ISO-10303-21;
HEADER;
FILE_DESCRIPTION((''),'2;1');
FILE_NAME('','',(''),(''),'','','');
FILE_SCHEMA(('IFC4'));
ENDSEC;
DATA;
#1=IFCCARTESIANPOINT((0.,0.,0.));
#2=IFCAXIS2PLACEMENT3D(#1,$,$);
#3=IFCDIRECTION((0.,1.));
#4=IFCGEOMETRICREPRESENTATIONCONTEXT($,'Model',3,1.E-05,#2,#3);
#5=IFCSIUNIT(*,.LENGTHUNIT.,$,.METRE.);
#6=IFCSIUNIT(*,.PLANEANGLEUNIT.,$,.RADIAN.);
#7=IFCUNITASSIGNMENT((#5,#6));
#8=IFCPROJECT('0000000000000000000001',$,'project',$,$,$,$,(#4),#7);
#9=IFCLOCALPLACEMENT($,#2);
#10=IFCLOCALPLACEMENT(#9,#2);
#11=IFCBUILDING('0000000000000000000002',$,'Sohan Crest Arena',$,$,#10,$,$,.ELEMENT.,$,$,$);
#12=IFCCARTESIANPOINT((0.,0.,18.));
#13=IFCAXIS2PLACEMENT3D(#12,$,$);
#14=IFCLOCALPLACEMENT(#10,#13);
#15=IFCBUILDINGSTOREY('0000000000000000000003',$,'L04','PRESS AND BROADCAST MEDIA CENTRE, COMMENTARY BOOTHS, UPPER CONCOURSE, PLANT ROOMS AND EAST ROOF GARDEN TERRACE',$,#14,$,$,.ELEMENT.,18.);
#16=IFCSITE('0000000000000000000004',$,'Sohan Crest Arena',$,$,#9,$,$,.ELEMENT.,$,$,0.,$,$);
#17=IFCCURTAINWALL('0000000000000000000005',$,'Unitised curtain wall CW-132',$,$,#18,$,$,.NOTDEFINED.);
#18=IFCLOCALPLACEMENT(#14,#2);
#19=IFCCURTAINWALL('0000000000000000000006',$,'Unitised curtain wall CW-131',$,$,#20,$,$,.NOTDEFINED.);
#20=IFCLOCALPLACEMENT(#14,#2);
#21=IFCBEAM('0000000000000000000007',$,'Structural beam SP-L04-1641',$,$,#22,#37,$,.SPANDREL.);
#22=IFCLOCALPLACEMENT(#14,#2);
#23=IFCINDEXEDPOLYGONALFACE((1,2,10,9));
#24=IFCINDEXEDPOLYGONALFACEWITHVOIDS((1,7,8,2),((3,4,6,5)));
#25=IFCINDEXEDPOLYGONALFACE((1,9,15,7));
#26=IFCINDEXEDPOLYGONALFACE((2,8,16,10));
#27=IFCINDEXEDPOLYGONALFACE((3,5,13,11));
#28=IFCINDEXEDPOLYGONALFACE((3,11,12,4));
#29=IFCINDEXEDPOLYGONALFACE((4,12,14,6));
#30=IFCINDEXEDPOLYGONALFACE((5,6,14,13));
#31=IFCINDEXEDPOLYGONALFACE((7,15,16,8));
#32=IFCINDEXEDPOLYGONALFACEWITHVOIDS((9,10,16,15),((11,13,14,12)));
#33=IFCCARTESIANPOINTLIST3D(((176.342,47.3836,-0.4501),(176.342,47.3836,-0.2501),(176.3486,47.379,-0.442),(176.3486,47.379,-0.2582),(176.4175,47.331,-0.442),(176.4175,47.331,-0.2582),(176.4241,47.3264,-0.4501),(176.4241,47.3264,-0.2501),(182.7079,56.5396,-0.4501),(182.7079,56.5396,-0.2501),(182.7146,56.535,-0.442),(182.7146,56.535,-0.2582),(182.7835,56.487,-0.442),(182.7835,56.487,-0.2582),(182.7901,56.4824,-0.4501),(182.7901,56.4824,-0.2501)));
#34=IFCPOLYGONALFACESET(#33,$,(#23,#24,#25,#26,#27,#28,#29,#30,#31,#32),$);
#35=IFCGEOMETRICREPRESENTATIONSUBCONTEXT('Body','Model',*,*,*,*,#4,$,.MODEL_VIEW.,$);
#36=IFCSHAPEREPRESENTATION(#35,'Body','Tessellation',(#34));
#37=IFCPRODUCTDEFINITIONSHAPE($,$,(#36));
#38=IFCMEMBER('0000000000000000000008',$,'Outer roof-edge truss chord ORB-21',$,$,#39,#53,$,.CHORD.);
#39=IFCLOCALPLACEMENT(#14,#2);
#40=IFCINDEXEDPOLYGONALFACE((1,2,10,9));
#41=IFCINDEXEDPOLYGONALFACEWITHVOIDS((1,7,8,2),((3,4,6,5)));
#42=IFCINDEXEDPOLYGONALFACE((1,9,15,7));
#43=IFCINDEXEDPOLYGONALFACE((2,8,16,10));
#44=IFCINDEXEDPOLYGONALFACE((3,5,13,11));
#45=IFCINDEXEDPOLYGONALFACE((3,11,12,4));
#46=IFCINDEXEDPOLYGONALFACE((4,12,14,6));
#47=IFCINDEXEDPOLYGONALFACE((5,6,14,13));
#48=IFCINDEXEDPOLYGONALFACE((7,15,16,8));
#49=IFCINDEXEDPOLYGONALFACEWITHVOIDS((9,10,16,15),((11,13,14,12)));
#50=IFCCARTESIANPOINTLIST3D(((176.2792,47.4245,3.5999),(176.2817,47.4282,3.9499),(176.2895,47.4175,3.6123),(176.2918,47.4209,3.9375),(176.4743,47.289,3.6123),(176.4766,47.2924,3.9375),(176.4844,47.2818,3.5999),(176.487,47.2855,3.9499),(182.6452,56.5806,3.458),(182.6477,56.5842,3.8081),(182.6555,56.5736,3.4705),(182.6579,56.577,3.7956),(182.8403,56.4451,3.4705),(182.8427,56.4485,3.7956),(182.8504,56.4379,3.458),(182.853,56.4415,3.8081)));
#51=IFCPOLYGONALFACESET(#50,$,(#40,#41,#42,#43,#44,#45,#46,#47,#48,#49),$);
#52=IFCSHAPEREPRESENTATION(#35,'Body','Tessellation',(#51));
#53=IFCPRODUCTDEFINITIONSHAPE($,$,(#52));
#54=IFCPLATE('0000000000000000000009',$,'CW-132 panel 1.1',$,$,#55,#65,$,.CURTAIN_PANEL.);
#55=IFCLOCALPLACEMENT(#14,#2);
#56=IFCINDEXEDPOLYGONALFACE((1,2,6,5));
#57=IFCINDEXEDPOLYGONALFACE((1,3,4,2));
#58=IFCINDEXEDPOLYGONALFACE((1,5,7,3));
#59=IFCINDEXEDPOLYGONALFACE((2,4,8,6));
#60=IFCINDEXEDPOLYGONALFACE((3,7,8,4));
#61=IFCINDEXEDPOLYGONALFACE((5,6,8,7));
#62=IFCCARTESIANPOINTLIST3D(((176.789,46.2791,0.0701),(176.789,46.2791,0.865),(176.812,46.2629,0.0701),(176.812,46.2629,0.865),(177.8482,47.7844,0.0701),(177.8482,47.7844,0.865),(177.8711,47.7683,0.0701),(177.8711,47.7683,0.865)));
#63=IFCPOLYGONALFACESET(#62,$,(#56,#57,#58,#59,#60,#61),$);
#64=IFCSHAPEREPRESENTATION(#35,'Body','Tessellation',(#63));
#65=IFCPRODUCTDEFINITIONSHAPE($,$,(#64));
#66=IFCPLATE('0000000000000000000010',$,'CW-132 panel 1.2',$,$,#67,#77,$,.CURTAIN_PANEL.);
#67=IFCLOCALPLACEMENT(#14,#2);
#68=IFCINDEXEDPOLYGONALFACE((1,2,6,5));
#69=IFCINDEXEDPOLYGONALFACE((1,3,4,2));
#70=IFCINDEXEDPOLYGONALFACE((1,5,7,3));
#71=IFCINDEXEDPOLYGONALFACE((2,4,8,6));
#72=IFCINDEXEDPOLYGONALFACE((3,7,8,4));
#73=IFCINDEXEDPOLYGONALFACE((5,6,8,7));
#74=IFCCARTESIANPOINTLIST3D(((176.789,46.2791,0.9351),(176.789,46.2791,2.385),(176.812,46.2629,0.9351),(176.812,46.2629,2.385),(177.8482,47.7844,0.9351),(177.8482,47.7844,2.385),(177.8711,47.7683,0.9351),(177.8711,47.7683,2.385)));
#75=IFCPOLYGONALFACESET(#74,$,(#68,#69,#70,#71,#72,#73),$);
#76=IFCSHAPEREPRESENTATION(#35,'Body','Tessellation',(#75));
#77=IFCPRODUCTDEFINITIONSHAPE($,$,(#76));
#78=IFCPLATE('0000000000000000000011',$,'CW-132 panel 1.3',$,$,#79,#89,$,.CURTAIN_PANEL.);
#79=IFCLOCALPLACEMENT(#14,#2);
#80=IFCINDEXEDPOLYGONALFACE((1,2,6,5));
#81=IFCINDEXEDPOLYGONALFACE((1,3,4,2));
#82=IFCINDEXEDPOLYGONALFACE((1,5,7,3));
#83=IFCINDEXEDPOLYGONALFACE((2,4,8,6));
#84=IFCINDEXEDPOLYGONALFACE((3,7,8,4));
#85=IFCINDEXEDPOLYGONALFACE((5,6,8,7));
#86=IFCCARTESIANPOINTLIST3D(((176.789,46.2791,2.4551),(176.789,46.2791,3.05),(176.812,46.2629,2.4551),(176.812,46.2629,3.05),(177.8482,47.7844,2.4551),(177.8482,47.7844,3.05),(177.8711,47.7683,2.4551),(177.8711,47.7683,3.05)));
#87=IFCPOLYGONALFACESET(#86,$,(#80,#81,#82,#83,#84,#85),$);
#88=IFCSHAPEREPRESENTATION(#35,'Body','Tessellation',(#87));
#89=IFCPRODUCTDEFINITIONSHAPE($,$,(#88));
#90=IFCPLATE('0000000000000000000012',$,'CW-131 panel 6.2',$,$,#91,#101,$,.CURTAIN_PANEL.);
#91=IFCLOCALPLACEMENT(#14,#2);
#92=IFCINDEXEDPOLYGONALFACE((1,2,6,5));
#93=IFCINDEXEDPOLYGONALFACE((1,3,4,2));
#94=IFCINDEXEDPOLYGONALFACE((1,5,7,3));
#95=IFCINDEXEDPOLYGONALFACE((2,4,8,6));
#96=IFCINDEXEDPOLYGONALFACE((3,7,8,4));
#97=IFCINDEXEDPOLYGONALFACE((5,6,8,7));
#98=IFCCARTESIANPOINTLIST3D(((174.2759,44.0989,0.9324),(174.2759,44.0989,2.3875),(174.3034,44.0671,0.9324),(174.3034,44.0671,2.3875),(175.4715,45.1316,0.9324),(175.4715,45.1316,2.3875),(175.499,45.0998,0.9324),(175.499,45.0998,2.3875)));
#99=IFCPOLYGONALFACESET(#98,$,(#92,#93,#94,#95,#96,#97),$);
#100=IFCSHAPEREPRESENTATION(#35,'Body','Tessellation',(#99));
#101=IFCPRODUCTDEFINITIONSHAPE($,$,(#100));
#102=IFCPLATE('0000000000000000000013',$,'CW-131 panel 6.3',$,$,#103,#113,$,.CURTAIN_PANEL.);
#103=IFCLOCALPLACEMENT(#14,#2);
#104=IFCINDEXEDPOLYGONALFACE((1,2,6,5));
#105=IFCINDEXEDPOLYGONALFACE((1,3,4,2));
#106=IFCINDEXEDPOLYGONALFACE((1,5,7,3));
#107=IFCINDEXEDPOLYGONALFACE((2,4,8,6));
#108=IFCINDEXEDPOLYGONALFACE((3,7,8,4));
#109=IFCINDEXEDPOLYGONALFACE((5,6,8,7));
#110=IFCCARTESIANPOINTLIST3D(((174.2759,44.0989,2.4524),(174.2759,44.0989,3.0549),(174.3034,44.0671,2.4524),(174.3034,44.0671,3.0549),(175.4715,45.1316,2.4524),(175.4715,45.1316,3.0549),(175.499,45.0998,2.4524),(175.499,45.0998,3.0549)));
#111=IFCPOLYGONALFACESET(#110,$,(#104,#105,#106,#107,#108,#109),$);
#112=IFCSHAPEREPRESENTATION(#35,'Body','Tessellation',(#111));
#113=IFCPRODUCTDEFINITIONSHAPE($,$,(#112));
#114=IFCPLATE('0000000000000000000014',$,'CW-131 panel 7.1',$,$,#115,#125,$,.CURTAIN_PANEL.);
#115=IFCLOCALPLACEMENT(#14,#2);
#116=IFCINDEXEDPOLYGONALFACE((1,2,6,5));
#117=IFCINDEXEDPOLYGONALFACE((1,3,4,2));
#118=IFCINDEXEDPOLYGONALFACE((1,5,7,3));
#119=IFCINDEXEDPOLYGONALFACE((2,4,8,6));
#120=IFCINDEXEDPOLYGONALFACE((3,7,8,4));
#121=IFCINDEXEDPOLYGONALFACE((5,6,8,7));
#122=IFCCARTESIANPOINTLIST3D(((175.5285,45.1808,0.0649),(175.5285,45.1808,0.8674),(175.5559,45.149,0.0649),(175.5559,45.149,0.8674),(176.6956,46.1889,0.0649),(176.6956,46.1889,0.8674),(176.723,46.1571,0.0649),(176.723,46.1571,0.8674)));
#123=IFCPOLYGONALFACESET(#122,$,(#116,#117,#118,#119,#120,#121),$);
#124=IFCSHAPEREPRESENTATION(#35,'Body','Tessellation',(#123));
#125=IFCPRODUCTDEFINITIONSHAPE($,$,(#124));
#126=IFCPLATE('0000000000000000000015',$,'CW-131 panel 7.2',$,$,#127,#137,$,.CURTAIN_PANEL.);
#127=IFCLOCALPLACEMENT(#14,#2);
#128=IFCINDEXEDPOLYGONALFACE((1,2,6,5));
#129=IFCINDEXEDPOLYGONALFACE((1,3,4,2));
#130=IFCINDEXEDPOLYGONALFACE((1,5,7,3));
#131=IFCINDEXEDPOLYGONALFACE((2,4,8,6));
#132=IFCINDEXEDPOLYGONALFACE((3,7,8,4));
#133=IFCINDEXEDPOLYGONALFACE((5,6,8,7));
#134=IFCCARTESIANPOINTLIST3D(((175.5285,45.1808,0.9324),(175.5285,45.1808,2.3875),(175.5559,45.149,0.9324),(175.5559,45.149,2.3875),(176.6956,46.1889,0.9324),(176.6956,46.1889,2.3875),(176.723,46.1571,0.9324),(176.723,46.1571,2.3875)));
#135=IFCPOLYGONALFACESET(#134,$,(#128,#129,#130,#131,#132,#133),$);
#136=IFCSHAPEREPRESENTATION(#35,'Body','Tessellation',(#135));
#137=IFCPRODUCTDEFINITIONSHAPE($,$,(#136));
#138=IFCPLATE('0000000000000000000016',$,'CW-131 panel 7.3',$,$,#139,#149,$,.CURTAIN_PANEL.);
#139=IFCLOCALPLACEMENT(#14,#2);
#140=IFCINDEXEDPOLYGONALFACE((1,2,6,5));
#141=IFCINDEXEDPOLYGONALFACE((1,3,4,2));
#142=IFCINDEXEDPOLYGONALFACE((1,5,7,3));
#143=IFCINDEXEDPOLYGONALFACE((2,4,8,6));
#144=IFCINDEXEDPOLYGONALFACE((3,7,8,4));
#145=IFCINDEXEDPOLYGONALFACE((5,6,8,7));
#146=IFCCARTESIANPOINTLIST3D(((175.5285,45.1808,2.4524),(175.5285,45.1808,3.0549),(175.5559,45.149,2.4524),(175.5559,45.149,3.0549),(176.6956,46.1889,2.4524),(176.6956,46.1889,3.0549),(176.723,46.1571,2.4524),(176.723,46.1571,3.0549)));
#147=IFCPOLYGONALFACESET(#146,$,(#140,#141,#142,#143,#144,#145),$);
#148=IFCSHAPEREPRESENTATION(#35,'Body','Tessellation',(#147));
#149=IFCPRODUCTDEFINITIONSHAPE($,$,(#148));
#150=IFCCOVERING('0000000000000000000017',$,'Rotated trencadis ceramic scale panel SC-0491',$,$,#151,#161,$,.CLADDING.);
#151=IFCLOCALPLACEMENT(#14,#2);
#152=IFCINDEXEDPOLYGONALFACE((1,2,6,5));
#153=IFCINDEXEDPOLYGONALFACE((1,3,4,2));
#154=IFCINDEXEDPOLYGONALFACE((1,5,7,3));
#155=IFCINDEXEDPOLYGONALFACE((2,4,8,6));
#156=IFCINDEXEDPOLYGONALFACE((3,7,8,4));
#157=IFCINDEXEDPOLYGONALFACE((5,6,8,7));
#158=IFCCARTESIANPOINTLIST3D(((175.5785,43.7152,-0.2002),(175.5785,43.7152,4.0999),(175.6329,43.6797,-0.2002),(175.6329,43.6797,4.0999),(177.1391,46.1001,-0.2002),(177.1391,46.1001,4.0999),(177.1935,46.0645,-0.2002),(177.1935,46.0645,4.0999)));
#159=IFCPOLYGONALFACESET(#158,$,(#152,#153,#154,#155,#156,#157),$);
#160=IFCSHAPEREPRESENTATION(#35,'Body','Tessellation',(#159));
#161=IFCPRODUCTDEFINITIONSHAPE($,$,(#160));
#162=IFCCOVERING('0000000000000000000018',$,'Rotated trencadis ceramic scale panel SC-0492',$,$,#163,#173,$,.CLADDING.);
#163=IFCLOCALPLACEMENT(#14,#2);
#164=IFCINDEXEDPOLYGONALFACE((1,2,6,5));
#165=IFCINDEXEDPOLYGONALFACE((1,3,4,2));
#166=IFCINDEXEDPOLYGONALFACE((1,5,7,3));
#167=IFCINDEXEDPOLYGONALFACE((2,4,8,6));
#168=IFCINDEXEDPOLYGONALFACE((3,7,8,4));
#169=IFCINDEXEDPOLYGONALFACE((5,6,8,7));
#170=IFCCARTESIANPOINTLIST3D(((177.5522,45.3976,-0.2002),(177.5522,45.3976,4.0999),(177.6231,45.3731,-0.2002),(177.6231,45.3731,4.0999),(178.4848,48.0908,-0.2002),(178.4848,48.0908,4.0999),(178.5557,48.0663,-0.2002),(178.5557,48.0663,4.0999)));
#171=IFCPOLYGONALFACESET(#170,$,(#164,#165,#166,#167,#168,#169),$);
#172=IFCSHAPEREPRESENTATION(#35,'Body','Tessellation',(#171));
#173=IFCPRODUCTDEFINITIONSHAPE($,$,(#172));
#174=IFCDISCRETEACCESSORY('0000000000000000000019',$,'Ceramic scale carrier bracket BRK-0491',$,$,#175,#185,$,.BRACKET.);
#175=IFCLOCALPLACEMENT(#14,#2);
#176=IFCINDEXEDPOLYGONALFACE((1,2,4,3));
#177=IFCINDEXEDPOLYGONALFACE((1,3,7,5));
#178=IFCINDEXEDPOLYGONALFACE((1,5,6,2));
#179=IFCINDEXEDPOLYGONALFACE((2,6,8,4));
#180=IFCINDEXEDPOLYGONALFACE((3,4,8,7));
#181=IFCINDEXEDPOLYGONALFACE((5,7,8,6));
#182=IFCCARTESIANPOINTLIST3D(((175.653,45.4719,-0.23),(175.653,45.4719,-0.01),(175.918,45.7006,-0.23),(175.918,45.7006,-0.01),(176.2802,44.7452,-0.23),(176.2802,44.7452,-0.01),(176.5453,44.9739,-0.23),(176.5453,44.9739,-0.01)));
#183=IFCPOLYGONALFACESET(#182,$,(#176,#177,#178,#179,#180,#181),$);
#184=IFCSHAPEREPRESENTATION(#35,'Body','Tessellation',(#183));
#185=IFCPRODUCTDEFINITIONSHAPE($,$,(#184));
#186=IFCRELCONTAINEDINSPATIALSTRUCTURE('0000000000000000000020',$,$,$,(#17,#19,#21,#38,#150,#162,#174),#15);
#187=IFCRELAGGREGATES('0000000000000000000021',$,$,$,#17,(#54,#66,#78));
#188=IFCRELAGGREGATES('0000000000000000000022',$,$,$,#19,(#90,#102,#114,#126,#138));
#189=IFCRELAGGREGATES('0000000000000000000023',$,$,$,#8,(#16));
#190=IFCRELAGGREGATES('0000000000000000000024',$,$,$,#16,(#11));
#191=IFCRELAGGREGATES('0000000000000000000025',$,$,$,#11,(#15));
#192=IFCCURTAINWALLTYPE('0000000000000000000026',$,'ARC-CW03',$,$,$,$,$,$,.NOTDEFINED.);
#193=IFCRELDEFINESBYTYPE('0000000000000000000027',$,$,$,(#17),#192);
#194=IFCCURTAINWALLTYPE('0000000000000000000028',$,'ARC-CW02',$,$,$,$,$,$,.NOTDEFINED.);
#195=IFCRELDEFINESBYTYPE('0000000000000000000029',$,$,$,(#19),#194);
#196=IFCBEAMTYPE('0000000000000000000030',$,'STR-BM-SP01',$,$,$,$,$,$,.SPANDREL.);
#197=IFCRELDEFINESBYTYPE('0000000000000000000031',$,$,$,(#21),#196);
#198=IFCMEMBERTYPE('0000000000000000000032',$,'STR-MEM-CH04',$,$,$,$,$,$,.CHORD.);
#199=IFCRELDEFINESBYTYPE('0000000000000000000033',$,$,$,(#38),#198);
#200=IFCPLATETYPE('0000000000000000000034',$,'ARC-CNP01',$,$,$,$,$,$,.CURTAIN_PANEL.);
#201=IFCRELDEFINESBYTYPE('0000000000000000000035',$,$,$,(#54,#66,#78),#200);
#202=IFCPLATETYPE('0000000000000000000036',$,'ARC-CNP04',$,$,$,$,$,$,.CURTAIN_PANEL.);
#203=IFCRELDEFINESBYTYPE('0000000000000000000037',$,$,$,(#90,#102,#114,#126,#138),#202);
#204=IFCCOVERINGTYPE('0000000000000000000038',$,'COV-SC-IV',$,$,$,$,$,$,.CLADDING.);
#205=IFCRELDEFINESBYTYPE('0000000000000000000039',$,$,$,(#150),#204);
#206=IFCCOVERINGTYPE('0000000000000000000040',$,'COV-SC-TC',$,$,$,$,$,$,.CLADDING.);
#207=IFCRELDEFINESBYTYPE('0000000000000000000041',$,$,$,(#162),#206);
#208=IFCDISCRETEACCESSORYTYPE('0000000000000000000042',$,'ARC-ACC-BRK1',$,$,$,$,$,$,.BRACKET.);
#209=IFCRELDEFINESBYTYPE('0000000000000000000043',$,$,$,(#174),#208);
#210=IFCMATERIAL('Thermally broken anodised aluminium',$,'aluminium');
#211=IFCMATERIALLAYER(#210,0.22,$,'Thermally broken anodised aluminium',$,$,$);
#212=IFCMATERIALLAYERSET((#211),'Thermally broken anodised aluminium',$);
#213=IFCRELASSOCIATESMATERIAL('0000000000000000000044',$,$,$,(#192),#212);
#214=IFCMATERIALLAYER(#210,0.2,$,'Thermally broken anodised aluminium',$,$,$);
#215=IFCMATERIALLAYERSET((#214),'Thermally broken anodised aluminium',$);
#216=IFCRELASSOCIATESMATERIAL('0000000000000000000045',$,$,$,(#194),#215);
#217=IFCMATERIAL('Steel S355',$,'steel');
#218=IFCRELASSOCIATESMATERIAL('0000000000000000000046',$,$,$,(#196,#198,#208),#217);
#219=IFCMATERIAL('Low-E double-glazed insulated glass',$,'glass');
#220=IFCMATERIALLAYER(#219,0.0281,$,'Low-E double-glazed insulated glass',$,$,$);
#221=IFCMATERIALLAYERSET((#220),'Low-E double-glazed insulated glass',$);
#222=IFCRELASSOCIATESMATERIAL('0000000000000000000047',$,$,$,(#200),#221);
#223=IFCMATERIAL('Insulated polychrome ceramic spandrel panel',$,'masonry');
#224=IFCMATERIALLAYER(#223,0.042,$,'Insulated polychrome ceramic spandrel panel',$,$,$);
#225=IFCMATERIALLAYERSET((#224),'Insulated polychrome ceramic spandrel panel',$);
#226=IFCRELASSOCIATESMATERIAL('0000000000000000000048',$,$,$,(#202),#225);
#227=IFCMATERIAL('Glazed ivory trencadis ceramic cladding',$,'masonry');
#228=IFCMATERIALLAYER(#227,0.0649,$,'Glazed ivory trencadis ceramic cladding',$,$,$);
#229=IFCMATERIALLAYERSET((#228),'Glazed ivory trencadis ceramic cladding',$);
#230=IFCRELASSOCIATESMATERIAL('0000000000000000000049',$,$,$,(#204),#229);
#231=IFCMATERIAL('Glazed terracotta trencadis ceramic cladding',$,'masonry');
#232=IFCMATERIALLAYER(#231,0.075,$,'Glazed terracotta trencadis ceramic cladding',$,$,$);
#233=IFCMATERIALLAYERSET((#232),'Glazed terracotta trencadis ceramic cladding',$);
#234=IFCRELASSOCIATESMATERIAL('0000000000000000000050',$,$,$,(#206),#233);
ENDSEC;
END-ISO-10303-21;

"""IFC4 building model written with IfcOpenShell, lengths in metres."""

from ifc_helpers import new_model, si_unit, direction, frame, origin, origin_2d, place, context, subcontext, project, spatial, rectangle, hollow_rectangle, extrude, material, layer, layer_set, material_profile, profile_set, type_object, element, aggregate, save


model = new_model("IFC4")

# Units and contexts
model_context = context("Model", 3, precision=1e-05, world=origin(), true_north=direction((0.0, 1.0)))
body_context = subcontext(model_context, "Body", "Model", "MODEL_VIEW")
ifc_project = project(units=[si_unit("LENGTHUNIT", "METRE"), si_unit("PLANEANGLEUNIT", "RADIAN")], contexts=[model_context])

# Site, building, storey
site_placement = place(None, origin())
site = spatial("IfcSite", under=ifc_project, at=site_placement, Name="Sohan Crest Arena", CompositionType="ELEMENT", RefElevation=0.0)
building_placement = place(site_placement, origin())
building = spatial("IfcBuilding", under=site, at=building_placement, Name="Sohan Crest Arena", CompositionType="ELEMENT")
storey_placement = place(building_placement, frame((0.0, 0.0, 18.0)))
storey = spatial("IfcBuildingStorey", under=building, at=storey_placement, Name="L04", Description="PRESS AND BROADCAST MEDIA CENTRE, COMMENTARY BOOTHS, UPPER CONCOURSE, PLANT ROOMS AND EAST ROOF GARDEN TERRACE", CompositionType="ELEMENT", Elevation=18.0)

# Shared definitions
ifc_material_1 = material(Name="Steel S355", Category="steel")

# Curtain wall
ifc_material_2 = material(Name="Thermally broken anodised aluminium", Category="aluminium")
ifc_layer_1 = layer(ifc_material_2, 0.22, Name="Thermally broken anodised aluminium")
ifc_layer_set_1 = layer_set([ifc_layer_1], Name="Thermally broken anodised aluminium")
curtain_wall_type_1 = type_object("IfcCurtainWallType", Name="ARC-CW03", PredefinedType="NOTDEFINED", material=ifc_layer_set_1)
curtain_wall_1_placement = place(storey_placement, origin())
curtain_wall_1 = element("IfcCurtainWall", 1, at=curtain_wall_1_placement, inside=storey, type_object=curtain_wall_type_1, Name="Unitised curtain wall CW-132", PredefinedType="NOTDEFINED")

# Curtain wall
ifc_layer_2 = layer(ifc_material_2, 0.2, Name="Thermally broken anodised aluminium")
ifc_layer_set_2 = layer_set([ifc_layer_2], Name="Thermally broken anodised aluminium")
curtain_wall_type_2 = type_object("IfcCurtainWallType", Name="ARC-CW02", PredefinedType="NOTDEFINED", material=ifc_layer_set_2)
curtain_wall_2_placement = place(storey_placement, origin())
curtain_wall_2 = element("IfcCurtainWall", 2, at=curtain_wall_2_placement, inside=storey, type_object=curtain_wall_type_2, Name="Unitised curtain wall CW-131", PredefinedType="NOTDEFINED")

# Beam
ifc_material_profile_1 = material_profile(ifc_material_1, hollow_rectangle(XDim=0.1001, YDim=0.2, WallThickness=0.0081, at=origin_2d()), Name="RHS 200x100x8")
ifc_profile_set_1 = profile_set([ifc_material_profile_1], Name="Steel S355")
beam_type = type_object("IfcBeamType", Name="STR-BM-SP01", PredefinedType="SPANDREL", material=ifc_profile_set_1)
beam_placement = place(storey_placement, frame((176.3831, 47.355, -0.3501), z_axis=(0.570857, 0.821049, 0.0), x_axis=(-0.821049, 0.570857, 0.0)))
element("IfcBeam", 3, at=beam_placement, inside=storey, type_object=beam_type, Name="Structural beam SP-L04-1641", PredefinedType="SPANDREL", context=body_context, shape_type="SweptSolid", body=[
    extrude(hollow_rectangle(XDim=0.1001, YDim=0.2, WallThickness=0.0081, at=origin_2d()), origin(), (0.0, 0.0, 1.0), 11.1516),
])

# Member
ifc_material_profile_2 = material_profile(ifc_material_1, hollow_rectangle(XDim=0.25, YDim=0.3501, WallThickness=0.0125, at=origin_2d()), Name="RHS 350x250x12.5")
ifc_profile_set_2 = profile_set([ifc_material_profile_2], Name="Steel S355")
member_type_1 = type_object("IfcMemberType", Name="STR-MEM-CH04", PredefinedType="CHORD", material=ifc_profile_set_2)
member_1_placement = place(storey_placement, frame((176.3831, 47.355, 3.7749), z_axis=(0.570811, 0.820983, -0.012719), x_axis=(-0.821049, 0.570857, 0.0)))
element("IfcMember", 4, at=member_1_placement, inside=storey, type_object=member_type_1, Name="Outer roof-edge truss chord ORB-21", PredefinedType="CHORD", context=body_context, shape_type="SweptSolid", body=[
    extrude(hollow_rectangle(XDim=0.25, YDim=0.3501, WallThickness=0.0125, at=origin_2d()), origin(), (0.0, 0.0, 1.0), 11.1526),
])

# Plates
ifc_material_3 = material(Name="Low-E double-glazed insulated glass", Category="glass")
ifc_layer_3 = layer(ifc_material_3, 0.0281, Name="Low-E double-glazed insulated glass")
ifc_layer_set_3 = layer_set([ifc_layer_3], Name="Low-E double-glazed insulated glass")
plate_type_1 = type_object("IfcPlateType", Name="ARC-CNP01", PredefinedType="CURTAIN_PANEL", material=ifc_layer_set_3)
plate_1_placement = place(storey_placement, frame((177.3301, 47.0237, 0.0701), z_axis=(0.0, 0.0, 1.0), x_axis=(0.575425, 0.817855, 0.0)))
plate_1 = element("IfcPlate", 5, at=plate_1_placement, type_object=plate_type_1, Name="CW-132 panel 1.1", PredefinedType="CURTAIN_PANEL", context=body_context, shape_type="SweptSolid", body=[
    extrude(rectangle(XDim=1.8406, YDim=0.0281, at=origin_2d()), origin(), (0.0, 0.0, 1.0), 0.7949),
])
plate_2_placement = place(storey_placement, frame((177.3301, 47.0237, 0.9351), z_axis=(0.0, 0.0, 1.0), x_axis=(0.575425, 0.817855, 0.0)))
plate_2 = element("IfcPlate", 6, at=plate_2_placement, type_object=plate_type_1, Name="CW-132 panel 1.2", PredefinedType="CURTAIN_PANEL", context=body_context, shape_type="SweptSolid", body=[
    extrude(rectangle(XDim=1.8406, YDim=0.0281, at=origin_2d()), origin(), (0.0, 0.0, 1.0), 1.45),
])
plate_3_placement = place(storey_placement, frame((177.3301, 47.0237, 2.4551), z_axis=(0.0, 0.0, 1.0), x_axis=(0.575425, 0.817855, 0.0)))
plate_3 = element("IfcPlate", 7, at=plate_3_placement, type_object=plate_type_1, Name="CW-132 panel 1.3", PredefinedType="CURTAIN_PANEL", context=body_context, shape_type="SweptSolid", body=[
    extrude(rectangle(XDim=1.8406, YDim=0.0281, at=origin_2d()), origin(), (0.0, 0.0, 1.0), 0.595),
])
aggregate(curtain_wall_1, [plate_1, plate_2, plate_3])
ifc_material_4 = material(Name="Insulated polychrome ceramic spandrel panel", Category="masonry")
ifc_layer_4 = layer(ifc_material_4, 0.042, Name="Insulated polychrome ceramic spandrel panel")
ifc_layer_set_4 = layer_set([ifc_layer_4], Name="Insulated polychrome ceramic spandrel panel")
plate_type_2 = type_object("IfcPlateType", Name="ARC-CNP04", PredefinedType="CURTAIN_PANEL", material=ifc_layer_set_4)
plate_4_placement = place(storey_placement, frame((174.8875, 44.5994, 0.9324), z_axis=(0.0, 0.0, 1.0), x_axis=(0.756765, 0.653687, 0.0)))
plate_4 = element("IfcPlate", 8, at=plate_4_placement, type_object=plate_type_2, Name="CW-131 panel 6.2", PredefinedType="CURTAIN_PANEL", context=body_context, shape_type="SweptSolid", body=[
    extrude(rectangle(XDim=1.5798, YDim=0.042, at=origin_2d()), origin(), (0.0, 0.0, 1.0), 1.4551),
])
plate_5_placement = place(storey_placement, frame((174.8875, 44.5994, 2.4524), z_axis=(0.0, 0.0, 1.0), x_axis=(0.756765, 0.653687, 0.0)))
plate_5 = element("IfcPlate", 9, at=plate_5_placement, type_object=plate_type_2, Name="CW-131 panel 6.3", PredefinedType="CURTAIN_PANEL", context=body_context, shape_type="SweptSolid", body=[
    extrude(rectangle(XDim=1.5798, YDim=0.042, at=origin_2d()), origin(), (0.0, 0.0, 1.0), 0.6025),
])
plate_6_placement = place(storey_placement, frame((176.1257, 45.6689, 0.0649), z_axis=(0.0, 0.0, 1.0), x_axis=(0.756765, 0.653687, 0.0)))
plate_6 = element("IfcPlate", 10, at=plate_6_placement, type_object=plate_type_2, Name="CW-131 panel 7.1", PredefinedType="CURTAIN_PANEL", context=body_context, shape_type="SweptSolid", body=[
    extrude(rectangle(XDim=1.5422, YDim=0.042, at=origin_2d()), origin(), (0.0, 0.0, 1.0), 0.8025),
])
plate_7_placement = place(storey_placement, frame((176.1257, 45.6689, 0.9324), z_axis=(0.0, 0.0, 1.0), x_axis=(0.756765, 0.653687, 0.0)))
plate_7 = element("IfcPlate", 11, at=plate_7_placement, type_object=plate_type_2, Name="CW-131 panel 7.2", PredefinedType="CURTAIN_PANEL", context=body_context, shape_type="SweptSolid", body=[
    extrude(rectangle(XDim=1.5422, YDim=0.042, at=origin_2d()), origin(), (0.0, 0.0, 1.0), 1.4551),
])
plate_8_placement = place(storey_placement, frame((176.1257, 45.6689, 2.4524), z_axis=(0.0, 0.0, 1.0), x_axis=(0.756765, 0.653687, 0.0)))
plate_8 = element("IfcPlate", 12, at=plate_8_placement, type_object=plate_type_2, Name="CW-131 panel 7.3", PredefinedType="CURTAIN_PANEL", context=body_context, shape_type="SweptSolid", body=[
    extrude(rectangle(XDim=1.5422, YDim=0.042, at=origin_2d()), origin(), (0.0, 0.0, 1.0), 0.6025),
])
aggregate(curtain_wall_2, [plate_4, plate_5, plate_6, plate_7, plate_8])

# Coverings
ifc_material_5 = material(Name="Glazed ivory trencadis ceramic cladding", Category="masonry")
ifc_layer_5 = layer(ifc_material_5, 0.0649, Name="Glazed ivory trencadis ceramic cladding")
ifc_layer_set_5 = layer_set([ifc_layer_5], Name="Glazed ivory trencadis ceramic cladding")
covering_type_1 = type_object("IfcCoveringType", Name="COV-SC-IV", PredefinedType="CLADDING", material=ifc_layer_set_5)
covering_1_placement = place(storey_placement, frame((176.386, 44.8899, -0.2002), z_axis=(0.0, 0.0, 1.0), x_axis=(0.547563, 0.836764, 0.0)))
element("IfcCovering", 13, at=covering_1_placement, inside=storey, type_object=covering_type_1, Name="Rotated trencadis ceramic scale panel SC-0491", PredefinedType="CLADDING", context=body_context, shape_type="SweptSolid", body=[
    extrude(rectangle(XDim=2.8501, YDim=0.0649, at=origin_2d()), origin(), (0.0, 0.0, 1.0), 4.3),
])
ifc_material_6 = material(Name="Glazed terracotta trencadis ceramic cladding", Category="masonry")
ifc_layer_6 = layer(ifc_material_6, 0.075, Name="Glazed terracotta trencadis ceramic cladding")
ifc_layer_set_6 = layer_set([ifc_layer_6], Name="Glazed terracotta trencadis ceramic cladding")
covering_type_2 = type_object("IfcCoveringType", Name="COV-SC-TC", PredefinedType="CLADDING", material=ifc_layer_set_6)
covering_2_placement = place(storey_placement, frame((178.054, 46.7319, -0.2002), z_axis=(0.0, 0.0, 1.0), x_axis=(0.327218, 0.944949, 0.0)))
element("IfcCovering", 14, at=covering_2_placement, inside=storey, type_object=covering_type_2, Name="Rotated trencadis ceramic scale panel SC-0492", PredefinedType="CLADDING", context=body_context, shape_type="SweptSolid", body=[
    extrude(rectangle(XDim=2.8501, YDim=0.075, at=origin_2d()), origin(), (0.0, 0.0, 1.0), 4.3),
])

# Discrete accessory
discrete_accessory_type = type_object("IfcDiscreteAccessoryType", Name="ARC-ACC-BRK1", PredefinedType="BRACKET", material=ifc_material_1)
for number, where, z_axis, x_axis, name in (
    (15, (176.0991, 45.2229, -0.23), (0.0, 0.0, 1.0), (0.756995, 0.653421, 0.0), "Ceramic scale carrier bracket BRK-0491"),
):
    element("IfcDiscreteAccessory", number, at=place(storey_placement, frame(where, z_axis=z_axis, x_axis=x_axis)), inside=storey, type_object=discrete_accessory_type, Name=name, PredefinedType="BRACKET", context=body_context, shape_type="SweptSolid", body=[
        extrude(rectangle(XDim=0.3501, YDim=0.96, at=origin_2d()), origin(), (0.0, 0.0, 1.0), 0.22),
    ])

save(model, "model.ifc")
